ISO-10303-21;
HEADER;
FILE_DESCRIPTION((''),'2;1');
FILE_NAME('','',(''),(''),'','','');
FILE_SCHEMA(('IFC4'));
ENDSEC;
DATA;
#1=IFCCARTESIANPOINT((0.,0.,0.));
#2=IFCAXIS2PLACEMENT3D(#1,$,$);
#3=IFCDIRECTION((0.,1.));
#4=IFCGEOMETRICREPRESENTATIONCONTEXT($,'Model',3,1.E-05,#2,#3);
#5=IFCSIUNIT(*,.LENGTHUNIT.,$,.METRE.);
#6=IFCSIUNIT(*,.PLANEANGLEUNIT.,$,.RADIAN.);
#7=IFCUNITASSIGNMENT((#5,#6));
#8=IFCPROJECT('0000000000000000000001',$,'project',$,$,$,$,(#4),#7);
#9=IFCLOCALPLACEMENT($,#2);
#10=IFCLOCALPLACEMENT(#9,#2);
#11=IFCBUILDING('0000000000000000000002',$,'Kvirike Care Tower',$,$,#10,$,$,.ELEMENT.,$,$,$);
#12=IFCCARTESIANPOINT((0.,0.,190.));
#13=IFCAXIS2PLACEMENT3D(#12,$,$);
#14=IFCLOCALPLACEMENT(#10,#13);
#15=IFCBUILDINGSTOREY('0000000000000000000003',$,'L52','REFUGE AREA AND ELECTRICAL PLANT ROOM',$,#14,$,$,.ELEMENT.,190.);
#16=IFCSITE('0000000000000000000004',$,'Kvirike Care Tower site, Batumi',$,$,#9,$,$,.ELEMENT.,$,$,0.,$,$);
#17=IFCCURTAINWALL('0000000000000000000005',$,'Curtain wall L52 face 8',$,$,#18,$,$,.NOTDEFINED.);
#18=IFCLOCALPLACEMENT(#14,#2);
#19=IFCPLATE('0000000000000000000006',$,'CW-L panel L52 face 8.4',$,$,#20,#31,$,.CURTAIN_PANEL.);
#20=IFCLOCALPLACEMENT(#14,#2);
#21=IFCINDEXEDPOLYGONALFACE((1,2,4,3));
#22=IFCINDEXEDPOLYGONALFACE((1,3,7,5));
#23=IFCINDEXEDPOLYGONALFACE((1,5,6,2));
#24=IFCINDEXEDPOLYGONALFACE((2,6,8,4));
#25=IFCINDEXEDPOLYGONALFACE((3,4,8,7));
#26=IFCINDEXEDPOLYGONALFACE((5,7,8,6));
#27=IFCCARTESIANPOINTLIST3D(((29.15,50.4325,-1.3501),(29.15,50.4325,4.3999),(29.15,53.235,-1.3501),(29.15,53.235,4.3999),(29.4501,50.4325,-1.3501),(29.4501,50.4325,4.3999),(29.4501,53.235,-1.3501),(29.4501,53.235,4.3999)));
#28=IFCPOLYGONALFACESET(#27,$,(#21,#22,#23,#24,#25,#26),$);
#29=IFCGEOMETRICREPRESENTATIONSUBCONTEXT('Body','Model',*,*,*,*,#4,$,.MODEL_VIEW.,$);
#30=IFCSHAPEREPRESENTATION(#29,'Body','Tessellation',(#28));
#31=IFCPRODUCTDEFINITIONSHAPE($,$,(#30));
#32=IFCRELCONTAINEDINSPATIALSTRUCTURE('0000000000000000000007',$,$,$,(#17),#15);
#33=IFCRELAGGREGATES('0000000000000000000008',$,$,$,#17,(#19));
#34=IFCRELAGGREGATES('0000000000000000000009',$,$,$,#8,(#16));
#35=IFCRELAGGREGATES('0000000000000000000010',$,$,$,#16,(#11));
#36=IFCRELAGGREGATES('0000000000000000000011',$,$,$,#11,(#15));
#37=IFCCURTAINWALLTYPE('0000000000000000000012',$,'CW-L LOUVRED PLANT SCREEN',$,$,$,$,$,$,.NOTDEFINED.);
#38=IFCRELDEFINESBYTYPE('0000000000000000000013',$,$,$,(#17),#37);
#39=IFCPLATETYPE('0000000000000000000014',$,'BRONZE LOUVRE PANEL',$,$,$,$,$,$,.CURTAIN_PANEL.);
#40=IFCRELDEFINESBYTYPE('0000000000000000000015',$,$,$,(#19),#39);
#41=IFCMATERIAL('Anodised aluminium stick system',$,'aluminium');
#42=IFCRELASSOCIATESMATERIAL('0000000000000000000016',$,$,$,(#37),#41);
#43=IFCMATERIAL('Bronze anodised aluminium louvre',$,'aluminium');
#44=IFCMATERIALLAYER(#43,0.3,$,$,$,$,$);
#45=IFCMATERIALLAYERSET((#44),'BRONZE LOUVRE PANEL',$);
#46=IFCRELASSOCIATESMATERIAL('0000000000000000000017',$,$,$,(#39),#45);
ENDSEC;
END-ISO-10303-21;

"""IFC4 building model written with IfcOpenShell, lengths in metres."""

from ifc_helpers import new_model, si_unit, direction, frame, origin, origin_2d, place, context, subcontext, project, spatial, rectangle, extrude, material, layer, layer_set, type_object, element, aggregate, save


model = new_model("IFC4")

# Units and contexts
model_context = context("Model", 3, precision=1e-05, world=origin(), true_north=direction((0.0, 1.0)))
body_context = subcontext(model_context, "Body", "Model", "MODEL_VIEW")
ifc_project = project(units=[si_unit("LENGTHUNIT", "METRE"), si_unit("PLANEANGLEUNIT", "RADIAN")], contexts=[model_context])

# Site, building, storey
site_placement = place(None, origin())
site = spatial("IfcSite", under=ifc_project, at=site_placement, Name="Kvirike Care Tower site, Batumi", CompositionType="ELEMENT", RefElevation=0.0)
building_placement = place(site_placement, origin())
building = spatial("IfcBuilding", under=site, at=building_placement, Name="Kvirike Care Tower", CompositionType="ELEMENT")
storey_placement = place(building_placement, frame((0.0, 0.0, 190.0)))
storey = spatial("IfcBuildingStorey", under=building, at=storey_placement, Name="L52", Description="REFUGE AREA AND ELECTRICAL PLANT ROOM", CompositionType="ELEMENT", Elevation=190.0)

# Curtain wall
ifc_material_1 = material(Name="Anodised aluminium stick system", Category="aluminium")
curtain_wall_type = type_object("IfcCurtainWallType", Name="CW-L LOUVRED PLANT SCREEN", PredefinedType="NOTDEFINED", material=ifc_material_1)
curtain_wall_1_placement = place(storey_placement, origin())
curtain_wall_1 = element("IfcCurtainWall", 1, at=curtain_wall_1_placement, inside=storey, type_object=curtain_wall_type, Name="Curtain wall L52 face 8", PredefinedType="NOTDEFINED")

# Plate
ifc_material_2 = material(Name="Bronze anodised aluminium louvre", Category="aluminium")
ifc_layer = layer(ifc_material_2, 0.3)
ifc_layer_set = layer_set([ifc_layer], Name="BRONZE LOUVRE PANEL")
plate_type = type_object("IfcPlateType", Name="BRONZE LOUVRE PANEL", PredefinedType="CURTAIN_PANEL", material=ifc_layer_set)
plate_1_placement = place(storey_placement, frame((29.3, 51.8337, -1.3501), z_axis=(0.0, 0.0, 1.0), x_axis=(0.0, 1.0, 0.0)))
plate_1 = element("IfcPlate", 2, at=plate_1_placement, type_object=plate_type, Name="CW-L panel L52 face 8.4", PredefinedType="CURTAIN_PANEL", context=body_context, shape_type="SweptSolid", body=[
    extrude(rectangle(XDim=2.8025, YDim=0.3, at=origin_2d()), origin(), (0.0, 0.0, 1.0), 5.75),
])
aggregate(curtain_wall_1, [plate_1])

save(model, "model.ifc")
